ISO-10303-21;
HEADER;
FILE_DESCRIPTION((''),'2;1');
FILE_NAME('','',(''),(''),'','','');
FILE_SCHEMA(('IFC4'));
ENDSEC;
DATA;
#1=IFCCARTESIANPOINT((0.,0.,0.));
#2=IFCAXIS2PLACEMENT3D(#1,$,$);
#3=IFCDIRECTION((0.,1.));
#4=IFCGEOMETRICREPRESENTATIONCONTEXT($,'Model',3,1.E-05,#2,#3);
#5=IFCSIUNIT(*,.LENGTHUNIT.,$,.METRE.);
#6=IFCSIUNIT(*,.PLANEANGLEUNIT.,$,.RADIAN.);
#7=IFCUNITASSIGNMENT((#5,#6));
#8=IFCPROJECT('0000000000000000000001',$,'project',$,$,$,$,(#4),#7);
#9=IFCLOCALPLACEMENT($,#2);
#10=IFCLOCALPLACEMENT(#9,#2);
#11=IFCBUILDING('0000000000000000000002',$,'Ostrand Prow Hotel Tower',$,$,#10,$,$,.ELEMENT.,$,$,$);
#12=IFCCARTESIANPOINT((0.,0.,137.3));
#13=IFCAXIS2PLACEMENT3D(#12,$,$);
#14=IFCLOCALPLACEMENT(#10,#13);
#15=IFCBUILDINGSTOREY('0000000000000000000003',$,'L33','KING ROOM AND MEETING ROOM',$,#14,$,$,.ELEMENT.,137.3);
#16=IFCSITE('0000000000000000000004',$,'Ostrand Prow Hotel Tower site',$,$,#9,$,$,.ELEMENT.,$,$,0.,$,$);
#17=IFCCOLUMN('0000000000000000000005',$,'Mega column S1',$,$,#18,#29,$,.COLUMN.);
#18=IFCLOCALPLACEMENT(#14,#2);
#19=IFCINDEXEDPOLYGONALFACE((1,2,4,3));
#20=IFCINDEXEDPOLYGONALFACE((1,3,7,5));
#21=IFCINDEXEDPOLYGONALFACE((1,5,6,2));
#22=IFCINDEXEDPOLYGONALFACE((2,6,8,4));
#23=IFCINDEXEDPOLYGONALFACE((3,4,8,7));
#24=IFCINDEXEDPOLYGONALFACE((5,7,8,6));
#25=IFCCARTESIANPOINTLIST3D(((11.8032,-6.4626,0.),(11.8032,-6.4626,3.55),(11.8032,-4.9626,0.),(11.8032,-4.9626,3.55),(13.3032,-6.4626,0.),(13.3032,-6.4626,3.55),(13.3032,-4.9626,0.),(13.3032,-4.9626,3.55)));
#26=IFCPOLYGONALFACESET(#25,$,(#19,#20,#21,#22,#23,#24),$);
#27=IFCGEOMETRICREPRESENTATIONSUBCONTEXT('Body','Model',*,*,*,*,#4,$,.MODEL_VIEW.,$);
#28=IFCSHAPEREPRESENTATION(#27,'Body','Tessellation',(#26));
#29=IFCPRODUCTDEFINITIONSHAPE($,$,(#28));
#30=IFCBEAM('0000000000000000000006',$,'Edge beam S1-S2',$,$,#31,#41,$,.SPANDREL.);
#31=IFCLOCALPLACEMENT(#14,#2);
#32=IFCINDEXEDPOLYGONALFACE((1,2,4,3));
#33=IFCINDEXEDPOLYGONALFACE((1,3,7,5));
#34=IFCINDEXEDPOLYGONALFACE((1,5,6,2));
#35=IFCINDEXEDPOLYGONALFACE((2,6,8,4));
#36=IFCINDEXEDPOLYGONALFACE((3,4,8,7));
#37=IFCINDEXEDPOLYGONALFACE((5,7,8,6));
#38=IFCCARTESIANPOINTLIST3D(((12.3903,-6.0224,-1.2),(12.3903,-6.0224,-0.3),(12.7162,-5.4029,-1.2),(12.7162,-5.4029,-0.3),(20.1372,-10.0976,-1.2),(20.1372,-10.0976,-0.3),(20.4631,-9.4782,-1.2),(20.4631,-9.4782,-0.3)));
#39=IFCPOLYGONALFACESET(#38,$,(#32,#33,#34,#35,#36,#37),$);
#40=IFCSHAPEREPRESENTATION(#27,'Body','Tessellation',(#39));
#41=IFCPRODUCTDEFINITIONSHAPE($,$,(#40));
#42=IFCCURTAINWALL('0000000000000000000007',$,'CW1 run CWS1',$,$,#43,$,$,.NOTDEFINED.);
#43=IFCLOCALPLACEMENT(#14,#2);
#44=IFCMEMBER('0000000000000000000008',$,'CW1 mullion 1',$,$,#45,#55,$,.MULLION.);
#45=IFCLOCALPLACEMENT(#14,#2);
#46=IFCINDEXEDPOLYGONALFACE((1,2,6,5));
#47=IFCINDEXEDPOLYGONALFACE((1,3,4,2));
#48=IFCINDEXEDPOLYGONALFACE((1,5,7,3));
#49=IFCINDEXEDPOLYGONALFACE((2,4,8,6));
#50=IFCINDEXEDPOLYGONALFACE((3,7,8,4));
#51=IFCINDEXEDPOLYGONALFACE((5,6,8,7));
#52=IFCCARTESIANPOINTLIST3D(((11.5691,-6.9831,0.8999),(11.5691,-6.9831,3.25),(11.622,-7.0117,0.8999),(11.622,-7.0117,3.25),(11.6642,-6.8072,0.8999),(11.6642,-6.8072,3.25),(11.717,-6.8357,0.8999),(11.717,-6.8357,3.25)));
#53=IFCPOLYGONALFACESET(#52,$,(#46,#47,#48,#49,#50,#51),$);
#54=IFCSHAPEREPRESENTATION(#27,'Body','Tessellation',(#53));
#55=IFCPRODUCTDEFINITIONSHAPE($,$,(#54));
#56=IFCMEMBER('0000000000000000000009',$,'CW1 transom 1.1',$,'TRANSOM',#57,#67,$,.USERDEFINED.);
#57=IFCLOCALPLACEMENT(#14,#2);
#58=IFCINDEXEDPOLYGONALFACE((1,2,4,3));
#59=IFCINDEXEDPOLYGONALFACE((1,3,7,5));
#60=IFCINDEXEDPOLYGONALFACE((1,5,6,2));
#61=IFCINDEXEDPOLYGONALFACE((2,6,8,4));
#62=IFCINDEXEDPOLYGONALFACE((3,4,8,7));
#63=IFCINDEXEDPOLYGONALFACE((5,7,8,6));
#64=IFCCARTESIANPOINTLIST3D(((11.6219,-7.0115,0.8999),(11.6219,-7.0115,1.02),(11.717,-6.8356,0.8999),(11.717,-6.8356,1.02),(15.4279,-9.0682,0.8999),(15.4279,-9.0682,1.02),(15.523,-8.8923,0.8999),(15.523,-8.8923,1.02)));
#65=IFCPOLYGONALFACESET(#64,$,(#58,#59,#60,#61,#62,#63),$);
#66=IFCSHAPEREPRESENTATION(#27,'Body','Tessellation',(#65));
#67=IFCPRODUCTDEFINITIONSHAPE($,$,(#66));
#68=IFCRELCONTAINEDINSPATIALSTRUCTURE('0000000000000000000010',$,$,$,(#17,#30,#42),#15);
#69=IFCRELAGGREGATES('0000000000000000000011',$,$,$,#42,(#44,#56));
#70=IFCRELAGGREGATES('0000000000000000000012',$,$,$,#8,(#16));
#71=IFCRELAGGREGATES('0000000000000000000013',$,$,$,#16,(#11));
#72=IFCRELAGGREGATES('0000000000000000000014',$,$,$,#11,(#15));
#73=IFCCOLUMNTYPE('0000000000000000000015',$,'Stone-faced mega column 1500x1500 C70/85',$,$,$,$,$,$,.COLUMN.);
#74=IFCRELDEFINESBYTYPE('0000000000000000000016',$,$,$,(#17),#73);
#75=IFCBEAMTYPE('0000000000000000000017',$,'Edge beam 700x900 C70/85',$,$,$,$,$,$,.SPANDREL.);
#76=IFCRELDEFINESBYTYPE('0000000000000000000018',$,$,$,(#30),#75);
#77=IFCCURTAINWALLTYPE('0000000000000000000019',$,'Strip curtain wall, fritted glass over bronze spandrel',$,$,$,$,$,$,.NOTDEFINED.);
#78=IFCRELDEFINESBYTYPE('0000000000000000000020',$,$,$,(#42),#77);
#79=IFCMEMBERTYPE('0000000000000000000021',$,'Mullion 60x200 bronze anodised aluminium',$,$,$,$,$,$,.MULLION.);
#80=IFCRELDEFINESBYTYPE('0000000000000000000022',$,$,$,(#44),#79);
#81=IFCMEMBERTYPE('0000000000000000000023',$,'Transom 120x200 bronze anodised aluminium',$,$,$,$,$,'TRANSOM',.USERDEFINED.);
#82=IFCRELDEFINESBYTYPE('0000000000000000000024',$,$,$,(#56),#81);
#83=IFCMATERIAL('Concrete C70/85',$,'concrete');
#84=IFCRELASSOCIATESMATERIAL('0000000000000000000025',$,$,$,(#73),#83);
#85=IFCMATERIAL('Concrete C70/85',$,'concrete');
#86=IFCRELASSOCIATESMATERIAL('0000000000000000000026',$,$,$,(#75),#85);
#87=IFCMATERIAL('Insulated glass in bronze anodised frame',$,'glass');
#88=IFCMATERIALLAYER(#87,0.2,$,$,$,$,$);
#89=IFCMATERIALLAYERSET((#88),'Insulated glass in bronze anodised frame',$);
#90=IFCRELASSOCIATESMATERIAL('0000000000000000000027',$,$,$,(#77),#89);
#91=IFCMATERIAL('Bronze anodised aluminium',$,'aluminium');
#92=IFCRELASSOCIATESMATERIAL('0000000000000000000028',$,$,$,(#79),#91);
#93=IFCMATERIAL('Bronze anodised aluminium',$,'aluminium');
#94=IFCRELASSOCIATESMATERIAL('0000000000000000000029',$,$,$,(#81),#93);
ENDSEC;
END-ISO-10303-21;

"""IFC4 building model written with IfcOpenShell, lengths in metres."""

from ifc_helpers import new_model, si_unit, direction, frame, origin, origin_2d, place, context, subcontext, project, spatial, rectangle, extrude, material, layer, layer_set, material_profile, profile_set, type_object, element, aggregate, save


model = new_model("IFC4")

# Units and contexts
model_context = context("Model", 3, precision=1e-05, world=origin(), true_north=direction((0.0, 1.0)))
body_context = subcontext(model_context, "Body", "Model", "MODEL_VIEW")
ifc_project = project(units=[si_unit("LENGTHUNIT", "METRE"), si_unit("PLANEANGLEUNIT", "RADIAN")], contexts=[model_context])

# Site, building, storey
site_placement = place(None, origin())
site = spatial("IfcSite", under=ifc_project, at=site_placement, Name="Ostrand Prow Hotel Tower site", CompositionType="ELEMENT", RefElevation=0.0)
building_placement = place(site_placement, origin())
building = spatial("IfcBuilding", under=site, at=building_placement, Name="Ostrand Prow Hotel Tower", CompositionType="ELEMENT")
storey_placement = place(building_placement, frame((0.0, 0.0, 137.3)))
storey = spatial("IfcBuildingStorey", under=building, at=storey_placement, Name="L33", Description="KING ROOM AND MEETING ROOM", CompositionType="ELEMENT", Elevation=137.3)

# Column
ifc_material_1 = material(Name="Concrete C70/85", Category="concrete")
ifc_material_profile_1 = material_profile(ifc_material_1, rectangle(XDim=1.5, YDim=1.5, at=origin_2d()), Name="RC 1500x1500")
ifc_profile_set_1 = profile_set([ifc_material_profile_1], Name="Concrete C70/85")
column_type = type_object("IfcColumnType", Name="Stone-faced mega column 1500x1500 C70/85", PredefinedType="COLUMN", material=ifc_profile_set_1)
column_placement = place(storey_placement, frame((12.5532, -5.7126, 0.0), z_axis=(0.0, 0.0, 1.0), x_axis=(1.0, 0.0, 0.0)))
element("IfcColumn", 1, at=column_placement, inside=storey, type_object=column_type, Name="Mega column S1", PredefinedType="COLUMN", context=body_context, shape_type="SweptSolid", body=[
    extrude(rectangle(XDim=1.5, YDim=1.5, at=origin_2d()), origin(), (0.0, 0.0, 1.0), 3.55),
])

# Beam
ifc_material_2 = material(Name="Concrete C70/85", Category="concrete")
ifc_material_profile_2 = material_profile(ifc_material_2, rectangle(XDim=0.7, YDim=0.8999, at=origin_2d()), Name="RC 700x900")
ifc_profile_set_2 = profile_set([ifc_material_profile_2], Name="Concrete C70/85")
beam_type = type_object("IfcBeamType", Name="Edge beam 700x900 C70/85", PredefinedType="SPANDREL", material=ifc_profile_set_2)
beam_placement = place(storey_placement, frame((12.5532, -5.7126, -0.75), z_axis=(0.885016, -0.46556, 0.0), x_axis=(0.46556, 0.885016, 0.0)))
element("IfcBeam", 2, at=beam_placement, inside=storey, type_object=beam_type, Name="Edge beam S1-S2", PredefinedType="SPANDREL", context=body_context, shape_type="SweptSolid", body=[
    extrude(rectangle(XDim=0.7, YDim=0.8999, at=origin_2d()), origin(), (0.0, 0.0, 1.0), 8.7534),
])

# Curtain wall, members
ifc_material_3 = material(Name="Insulated glass in bronze anodised frame", Category="glass")
ifc_layer_1 = layer(ifc_material_3, 0.2)
ifc_layer_set_1 = layer_set([ifc_layer_1], Name="Insulated glass in bronze anodised frame")
curtain_wall_type = type_object("IfcCurtainWallType", Name="Strip curtain wall, fritted glass over bronze spandrel", PredefinedType="NOTDEFINED", material=ifc_layer_set_1)
curtain_wall_placement = place(storey_placement, origin())
curtain_wall = element("IfcCurtainWall", 3, at=curtain_wall_placement, inside=storey, type_object=curtain_wall_type, Name="CW1 run CWS1", PredefinedType="NOTDEFINED")
ifc_material_4 = material(Name="Bronze anodised aluminium", Category="aluminium")
ifc_material_profile_3 = material_profile(ifc_material_4, rectangle(XDim=0.2, YDim=0.0601, at=origin_2d()), Name="Mullion 60x200 bronze anodised aluminium")
ifc_profile_set_3 = profile_set([ifc_material_profile_3], Name="Bronze anodised aluminium")
member_type_1 = type_object("IfcMemberType", Name="Mullion 60x200 bronze anodised aluminium", PredefinedType="MULLION", material=ifc_profile_set_3)
member_1_placement = place(storey_placement, frame((11.6431, -6.9094, 0.8999), z_axis=(0.0, 0.0, 1.0), x_axis=(0.475394, 0.879773, 0.0)))
member_1 = element("IfcMember", 4, at=member_1_placement, type_object=member_type_1, Name="CW1 mullion 1", PredefinedType="MULLION", context=body_context, shape_type="SweptSolid", body=[
    extrude(rectangle(XDim=0.2, YDim=0.0601, at=origin_2d()), origin(), (0.0, 0.0, 1.0), 2.3501),
])
ifc_material_5 = material(Name="Bronze anodised aluminium", Category="aluminium")
ifc_material_profile_4 = material_profile(ifc_material_5, rectangle(XDim=0.2, YDim=0.1201, at=origin_2d()), Name="Transom 120x200 bronze anodised aluminium")
ifc_profile_set_4 = profile_set([ifc_material_profile_4], Name="Bronze anodised aluminium")
member_type_2 = type_object("IfcMemberType", Name="Transom 120x200 bronze anodised aluminium", ElementType="TRANSOM", PredefinedType="USERDEFINED", material=ifc_profile_set_4)
member_2_placement = place(storey_placement, frame((11.6694, -6.9236, 0.96), z_axis=(0.879765, -0.475408, 0.0), x_axis=(0.475408, 0.879765, 0.0)))
member_2 = element("IfcMember", 5, at=member_2_placement, type_object=member_type_2, Name="CW1 transom 1.1", ObjectType="TRANSOM", PredefinedType="USERDEFINED", context=body_context, shape_type="SweptSolid", body=[
    extrude(rectangle(XDim=0.2, YDim=0.1201, at=origin_2d()), origin(), (0.0, 0.0, 1.0), 4.3262),
])
aggregate(curtain_wall, [member_1, member_2])

save(model, "model.ifc")
